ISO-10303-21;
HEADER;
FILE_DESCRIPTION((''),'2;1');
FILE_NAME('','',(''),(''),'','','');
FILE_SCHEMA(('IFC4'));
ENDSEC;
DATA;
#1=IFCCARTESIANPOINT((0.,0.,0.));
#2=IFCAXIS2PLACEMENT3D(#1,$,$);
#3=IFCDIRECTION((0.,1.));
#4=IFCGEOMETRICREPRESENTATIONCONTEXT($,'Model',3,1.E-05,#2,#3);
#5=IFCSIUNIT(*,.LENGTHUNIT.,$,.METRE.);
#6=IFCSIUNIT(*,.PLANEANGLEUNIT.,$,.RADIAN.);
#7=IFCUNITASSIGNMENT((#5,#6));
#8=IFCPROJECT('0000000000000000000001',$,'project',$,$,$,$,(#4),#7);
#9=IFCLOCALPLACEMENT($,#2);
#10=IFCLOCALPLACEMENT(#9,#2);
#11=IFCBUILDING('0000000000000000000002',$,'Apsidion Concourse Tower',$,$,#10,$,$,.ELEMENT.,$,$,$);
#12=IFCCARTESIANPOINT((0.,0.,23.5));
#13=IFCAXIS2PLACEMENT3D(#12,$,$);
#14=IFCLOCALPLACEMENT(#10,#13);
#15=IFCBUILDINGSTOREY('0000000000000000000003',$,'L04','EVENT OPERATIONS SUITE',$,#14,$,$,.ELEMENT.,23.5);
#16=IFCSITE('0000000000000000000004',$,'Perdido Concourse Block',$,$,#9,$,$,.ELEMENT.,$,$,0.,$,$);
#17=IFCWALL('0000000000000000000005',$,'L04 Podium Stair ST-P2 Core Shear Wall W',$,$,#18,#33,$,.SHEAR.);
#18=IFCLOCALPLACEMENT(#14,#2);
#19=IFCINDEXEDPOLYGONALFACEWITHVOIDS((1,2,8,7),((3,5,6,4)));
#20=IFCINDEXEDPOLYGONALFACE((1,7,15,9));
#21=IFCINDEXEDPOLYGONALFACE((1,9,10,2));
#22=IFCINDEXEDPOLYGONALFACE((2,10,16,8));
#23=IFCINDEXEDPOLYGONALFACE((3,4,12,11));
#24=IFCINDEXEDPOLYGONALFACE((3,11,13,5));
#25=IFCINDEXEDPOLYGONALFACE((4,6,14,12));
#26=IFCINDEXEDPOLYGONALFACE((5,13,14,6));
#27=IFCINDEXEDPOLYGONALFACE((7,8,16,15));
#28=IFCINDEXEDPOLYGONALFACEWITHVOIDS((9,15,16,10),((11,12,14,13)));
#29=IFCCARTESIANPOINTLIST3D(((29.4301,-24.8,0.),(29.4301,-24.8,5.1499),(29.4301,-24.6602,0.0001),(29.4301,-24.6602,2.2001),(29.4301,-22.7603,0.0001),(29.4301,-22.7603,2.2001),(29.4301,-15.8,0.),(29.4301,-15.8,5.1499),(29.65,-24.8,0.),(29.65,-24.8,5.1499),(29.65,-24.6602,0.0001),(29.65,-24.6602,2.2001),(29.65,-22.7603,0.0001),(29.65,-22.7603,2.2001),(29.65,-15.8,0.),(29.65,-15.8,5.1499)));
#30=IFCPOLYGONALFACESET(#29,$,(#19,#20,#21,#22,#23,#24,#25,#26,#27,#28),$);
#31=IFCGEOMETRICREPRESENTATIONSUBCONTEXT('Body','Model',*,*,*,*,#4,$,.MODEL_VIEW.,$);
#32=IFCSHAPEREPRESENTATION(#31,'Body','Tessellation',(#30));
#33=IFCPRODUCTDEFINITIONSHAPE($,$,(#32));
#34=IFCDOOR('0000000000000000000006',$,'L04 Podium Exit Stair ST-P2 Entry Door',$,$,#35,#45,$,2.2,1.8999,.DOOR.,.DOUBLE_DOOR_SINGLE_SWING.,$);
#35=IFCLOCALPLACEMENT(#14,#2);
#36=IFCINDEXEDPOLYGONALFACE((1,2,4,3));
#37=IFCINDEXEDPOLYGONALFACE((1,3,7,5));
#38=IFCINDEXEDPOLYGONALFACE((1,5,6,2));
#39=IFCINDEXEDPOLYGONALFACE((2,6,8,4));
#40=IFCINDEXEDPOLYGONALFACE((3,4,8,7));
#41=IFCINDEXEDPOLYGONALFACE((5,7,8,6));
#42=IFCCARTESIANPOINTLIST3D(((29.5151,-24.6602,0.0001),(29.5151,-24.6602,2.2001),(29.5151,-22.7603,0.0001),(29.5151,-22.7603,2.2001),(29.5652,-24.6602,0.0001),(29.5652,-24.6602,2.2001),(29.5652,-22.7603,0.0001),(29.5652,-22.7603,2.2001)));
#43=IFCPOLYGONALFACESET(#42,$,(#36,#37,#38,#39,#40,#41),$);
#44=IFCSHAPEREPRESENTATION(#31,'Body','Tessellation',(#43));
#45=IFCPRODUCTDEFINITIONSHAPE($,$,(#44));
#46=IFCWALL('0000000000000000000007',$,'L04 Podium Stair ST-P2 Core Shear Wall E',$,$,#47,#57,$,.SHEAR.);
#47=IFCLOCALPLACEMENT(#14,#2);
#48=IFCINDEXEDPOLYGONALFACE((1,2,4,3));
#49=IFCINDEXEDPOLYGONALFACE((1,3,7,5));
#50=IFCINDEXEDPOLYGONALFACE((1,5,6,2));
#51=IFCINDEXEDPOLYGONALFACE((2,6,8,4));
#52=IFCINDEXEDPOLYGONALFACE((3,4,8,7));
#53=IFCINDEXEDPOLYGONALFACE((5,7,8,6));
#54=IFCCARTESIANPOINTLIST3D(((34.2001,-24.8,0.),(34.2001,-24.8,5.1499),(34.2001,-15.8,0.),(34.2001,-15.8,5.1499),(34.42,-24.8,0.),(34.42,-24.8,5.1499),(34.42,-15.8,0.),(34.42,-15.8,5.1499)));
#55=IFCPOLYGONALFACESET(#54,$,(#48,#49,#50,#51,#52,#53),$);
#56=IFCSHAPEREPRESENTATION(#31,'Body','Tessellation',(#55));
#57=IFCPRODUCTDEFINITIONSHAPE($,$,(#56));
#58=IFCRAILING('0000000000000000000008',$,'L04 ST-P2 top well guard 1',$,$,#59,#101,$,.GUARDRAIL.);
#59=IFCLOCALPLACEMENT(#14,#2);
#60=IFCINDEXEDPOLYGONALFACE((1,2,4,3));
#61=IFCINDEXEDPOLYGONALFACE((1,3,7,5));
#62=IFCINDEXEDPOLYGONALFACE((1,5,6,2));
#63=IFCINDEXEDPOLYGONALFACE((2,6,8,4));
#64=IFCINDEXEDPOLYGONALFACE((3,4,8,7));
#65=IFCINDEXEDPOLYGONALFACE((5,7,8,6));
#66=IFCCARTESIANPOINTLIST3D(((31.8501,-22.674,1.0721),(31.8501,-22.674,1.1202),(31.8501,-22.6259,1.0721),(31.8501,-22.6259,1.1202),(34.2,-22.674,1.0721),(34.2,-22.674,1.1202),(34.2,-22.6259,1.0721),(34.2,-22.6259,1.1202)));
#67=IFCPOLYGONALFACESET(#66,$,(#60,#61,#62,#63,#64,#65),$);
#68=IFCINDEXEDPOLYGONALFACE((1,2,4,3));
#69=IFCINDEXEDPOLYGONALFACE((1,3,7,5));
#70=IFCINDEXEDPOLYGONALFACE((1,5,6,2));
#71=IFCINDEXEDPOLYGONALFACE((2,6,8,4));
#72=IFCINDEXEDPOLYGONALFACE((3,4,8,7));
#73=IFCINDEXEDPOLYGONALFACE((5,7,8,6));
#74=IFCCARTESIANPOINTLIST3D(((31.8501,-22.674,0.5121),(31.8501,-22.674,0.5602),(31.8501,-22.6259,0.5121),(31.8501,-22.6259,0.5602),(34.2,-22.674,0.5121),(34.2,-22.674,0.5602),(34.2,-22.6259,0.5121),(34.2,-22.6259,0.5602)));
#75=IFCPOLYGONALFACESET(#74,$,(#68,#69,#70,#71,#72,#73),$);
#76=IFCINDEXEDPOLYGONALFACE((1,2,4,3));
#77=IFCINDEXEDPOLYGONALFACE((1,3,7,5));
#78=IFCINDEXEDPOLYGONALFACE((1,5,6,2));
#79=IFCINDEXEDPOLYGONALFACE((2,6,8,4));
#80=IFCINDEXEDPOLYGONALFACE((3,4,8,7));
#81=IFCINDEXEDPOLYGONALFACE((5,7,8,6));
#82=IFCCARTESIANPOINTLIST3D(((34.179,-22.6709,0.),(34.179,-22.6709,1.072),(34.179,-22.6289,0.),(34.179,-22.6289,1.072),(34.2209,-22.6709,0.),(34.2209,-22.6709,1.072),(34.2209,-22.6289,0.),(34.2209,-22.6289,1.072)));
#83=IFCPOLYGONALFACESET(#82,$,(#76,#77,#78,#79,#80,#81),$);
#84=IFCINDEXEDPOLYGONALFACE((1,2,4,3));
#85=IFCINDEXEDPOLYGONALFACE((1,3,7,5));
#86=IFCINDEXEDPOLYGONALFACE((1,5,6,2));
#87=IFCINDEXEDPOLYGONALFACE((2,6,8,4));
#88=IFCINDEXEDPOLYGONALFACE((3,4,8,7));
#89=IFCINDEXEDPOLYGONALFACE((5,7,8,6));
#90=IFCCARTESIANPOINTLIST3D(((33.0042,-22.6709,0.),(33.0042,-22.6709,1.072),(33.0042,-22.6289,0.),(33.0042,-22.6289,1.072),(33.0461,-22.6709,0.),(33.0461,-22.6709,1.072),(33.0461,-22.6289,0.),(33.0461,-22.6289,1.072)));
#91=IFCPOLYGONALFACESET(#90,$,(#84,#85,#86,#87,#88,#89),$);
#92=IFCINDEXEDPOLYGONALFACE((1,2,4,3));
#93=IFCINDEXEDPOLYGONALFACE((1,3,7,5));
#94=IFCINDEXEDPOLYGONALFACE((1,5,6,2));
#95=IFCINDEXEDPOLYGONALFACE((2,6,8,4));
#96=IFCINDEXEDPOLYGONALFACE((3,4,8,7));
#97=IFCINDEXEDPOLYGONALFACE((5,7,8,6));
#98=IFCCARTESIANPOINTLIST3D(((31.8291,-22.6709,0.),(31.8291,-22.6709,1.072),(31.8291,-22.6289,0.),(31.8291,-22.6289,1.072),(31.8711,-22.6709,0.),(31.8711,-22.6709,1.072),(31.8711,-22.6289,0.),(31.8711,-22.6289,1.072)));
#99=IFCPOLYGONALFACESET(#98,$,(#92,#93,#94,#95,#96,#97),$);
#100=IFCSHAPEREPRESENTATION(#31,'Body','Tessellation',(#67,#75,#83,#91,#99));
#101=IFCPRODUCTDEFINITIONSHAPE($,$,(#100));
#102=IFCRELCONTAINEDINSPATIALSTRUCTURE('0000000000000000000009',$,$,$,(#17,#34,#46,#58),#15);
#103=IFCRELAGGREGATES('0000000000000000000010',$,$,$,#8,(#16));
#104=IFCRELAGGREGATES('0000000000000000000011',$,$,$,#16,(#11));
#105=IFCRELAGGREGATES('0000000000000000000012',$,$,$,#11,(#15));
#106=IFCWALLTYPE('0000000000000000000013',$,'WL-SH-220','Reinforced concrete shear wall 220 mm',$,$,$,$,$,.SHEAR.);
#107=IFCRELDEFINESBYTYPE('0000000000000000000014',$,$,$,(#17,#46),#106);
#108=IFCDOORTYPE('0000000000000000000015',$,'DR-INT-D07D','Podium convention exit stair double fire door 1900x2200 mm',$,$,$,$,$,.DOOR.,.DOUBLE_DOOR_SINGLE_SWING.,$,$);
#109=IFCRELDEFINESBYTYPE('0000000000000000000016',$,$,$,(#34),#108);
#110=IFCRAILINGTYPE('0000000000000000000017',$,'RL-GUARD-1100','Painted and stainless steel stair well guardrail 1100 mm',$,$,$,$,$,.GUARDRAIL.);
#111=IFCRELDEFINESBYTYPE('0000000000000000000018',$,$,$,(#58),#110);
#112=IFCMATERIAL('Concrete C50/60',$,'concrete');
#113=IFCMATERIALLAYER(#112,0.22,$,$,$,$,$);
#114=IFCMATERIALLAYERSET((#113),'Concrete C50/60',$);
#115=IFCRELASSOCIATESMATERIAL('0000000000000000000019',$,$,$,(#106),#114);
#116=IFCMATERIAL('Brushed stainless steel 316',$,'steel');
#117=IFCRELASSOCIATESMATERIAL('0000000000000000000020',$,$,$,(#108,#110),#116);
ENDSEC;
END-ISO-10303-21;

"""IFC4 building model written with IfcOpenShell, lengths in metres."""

from ifc_helpers import new_model, si_unit, direction, frame, frame_2d, origin, origin_2d, place, context, subcontext, project, spatial, rectangle, extrude, material, layer, layer_set, type_object, element, fill, save


model = new_model("IFC4")

# Units and contexts
model_context = context("Model", 3, precision=1e-05, world=origin(), true_north=direction((0.0, 1.0)))
body_context = subcontext(model_context, "Body", "Model", "MODEL_VIEW")
ifc_project = project(units=[si_unit("LENGTHUNIT", "METRE"), si_unit("PLANEANGLEUNIT", "RADIAN")], contexts=[model_context])

# Site, building, storey
site_placement = place(None, origin())
site = spatial("IfcSite", under=ifc_project, at=site_placement, Name="Perdido Concourse Block", CompositionType="ELEMENT", RefElevation=0.0)
building_placement = place(site_placement, origin())
building = spatial("IfcBuilding", under=site, at=building_placement, Name="Apsidion Concourse Tower", CompositionType="ELEMENT")
storey_placement = place(building_placement, frame((0.0, 0.0, 23.5)))
storey = spatial("IfcBuildingStorey", under=building, at=storey_placement, Name="L04", Description="EVENT OPERATIONS SUITE", CompositionType="ELEMENT", Elevation=23.5)

# Shared definitions
ifc_material_1 = material(Name="Concrete C50/60", Category="concrete")
ifc_layer_1 = layer(ifc_material_1, 0.22)
ifc_layer_set_1 = layer_set([ifc_layer_1], Name="Concrete C50/60")
wall_type_1 = type_object("IfcWallType", Name="WL-SH-220", Description="Reinforced concrete shear wall 220 mm", PredefinedType="SHEAR", material=ifc_layer_set_1)

# Wall, opening, door
wall_1_placement = place(storey_placement, frame((29.54, -24.8, 0.0), z_axis=(0.0, 0.0, 1.0), x_axis=(0.0, 1.0, 0.0)))
wall_1 = element("IfcWall", 1, at=wall_1_placement, inside=storey, type_object=wall_type_1, Name="L04 Podium Stair ST-P2 Core Shear Wall W", PredefinedType="SHEAR", context=body_context, shape_type="SweptSolid", body=[
    extrude(rectangle(XDim=9.0, YDim=0.22, at=frame_2d((4.5, 0.0))), origin(), (0.0, 0.0, 1.0), 5.1499),
])
opening_1_placement = place(wall_1_placement, frame((0.1399, 0.0, 0.0)))
opening_1 = element("IfcOpeningElement", 2, at=opening_1_placement, cuts=wall_1, PredefinedType="OPENING", context=body_context, shape_type="SweptSolid", body=[
    extrude(rectangle(XDim=1.8999, YDim=2.2, at=frame_2d((0.95, 1.1001))), frame((0.0, 0.1201, 0.0), z_axis=(0.0, -1.0, 0.0), x_axis=(1.0, 0.0, 0.0)), (0.0, 0.0, 1.0), 0.24),
])
ifc_material_2 = material(Name="Brushed stainless steel 316", Category="steel")
door_type_1 = type_object("IfcDoorType", Name="DR-INT-D07D", Description="Podium convention exit stair double fire door 1900x2200 mm", OperationType="DOUBLE_DOOR_SINGLE_SWING", PredefinedType="DOOR", material=ifc_material_2)
door_1_placement = place(opening_1_placement, origin())
door_1 = element("IfcDoor", 3, at=door_1_placement, inside=storey, type_object=door_type_1, Name="L04 Podium Exit Stair ST-P2 Entry Door", OperationType="DOUBLE_DOOR_SINGLE_SWING", OverallHeight=2.2, OverallWidth=1.8999, PredefinedType="DOOR", context=body_context, shape_type="SweptSolid", body=[
    extrude(rectangle(XDim=1.8999, YDim=2.2, at=frame_2d((0.95, 1.1001))), frame((0.0, 0.0249, 0.0), z_axis=(0.0, -1.0, 0.0), x_axis=(1.0, 0.0, 0.0)), (0.0, 0.0, 1.0), 0.05),
])
fill(opening_1, door_1)

# Wall
wall_2_placement = place(storey_placement, frame((34.3101, -24.8, 0.0), z_axis=(0.0, 0.0, 1.0), x_axis=(0.0, 1.0, 0.0)))
element("IfcWall", 4, at=wall_2_placement, inside=storey, type_object=wall_type_1, Name="L04 Podium Stair ST-P2 Core Shear Wall E", PredefinedType="SHEAR", context=body_context, shape_type="SweptSolid", body=[
    extrude(rectangle(XDim=9.0, YDim=0.22, at=frame_2d((4.5, 0.0))), origin(), (0.0, 0.0, 1.0), 5.1499),
])

# Railing
railing_type_1 = type_object("IfcRailingType", Name="RL-GUARD-1100", Description="Painted and stainless steel stair well guardrail 1100 mm", PredefinedType="GUARDRAIL", material=ifc_material_2)
railing_1_placement = place(storey_placement, frame((34.2, -22.6499, 0.0)))
element("IfcRailing", 5, at=railing_1_placement, inside=storey, type_object=railing_type_1, Name="L04 ST-P2 top well guard 1", PredefinedType="GUARDRAIL", context=body_context, shape_type="SweptSolid", body=[
    extrude(rectangle(XDim=0.0481, YDim=0.0481, at=origin_2d()), frame((0.0, 0.0, 1.0962), z_axis=(-1.0, 0.0, 0.0), x_axis=(0.0, -1.0, 0.0)), (0.0, 0.0, 1.0), 2.3499),
    extrude(rectangle(XDim=0.0481, YDim=0.0481, at=origin_2d()), frame((0.0, 0.0, 0.5361), z_axis=(-1.0, 0.0, 0.0), x_axis=(0.0, -1.0, 0.0)), (0.0, 0.0, 1.0), 2.3499),
    extrude(rectangle(XDim=0.042, YDim=0.042, at=origin_2d()), origin(), (0.0, 0.0, 1.0), 1.072),
    extrude(rectangle(XDim=0.042, YDim=0.042, at=origin_2d()), frame((-1.1748, 0.0, 0.0)), (0.0, 0.0, 1.0), 1.072),
    extrude(rectangle(XDim=0.042, YDim=0.042, at=origin_2d()), frame((-2.3499, 0.0, 0.0)), (0.0, 0.0, 1.0), 1.072),
])

save(model, "model.ifc")
